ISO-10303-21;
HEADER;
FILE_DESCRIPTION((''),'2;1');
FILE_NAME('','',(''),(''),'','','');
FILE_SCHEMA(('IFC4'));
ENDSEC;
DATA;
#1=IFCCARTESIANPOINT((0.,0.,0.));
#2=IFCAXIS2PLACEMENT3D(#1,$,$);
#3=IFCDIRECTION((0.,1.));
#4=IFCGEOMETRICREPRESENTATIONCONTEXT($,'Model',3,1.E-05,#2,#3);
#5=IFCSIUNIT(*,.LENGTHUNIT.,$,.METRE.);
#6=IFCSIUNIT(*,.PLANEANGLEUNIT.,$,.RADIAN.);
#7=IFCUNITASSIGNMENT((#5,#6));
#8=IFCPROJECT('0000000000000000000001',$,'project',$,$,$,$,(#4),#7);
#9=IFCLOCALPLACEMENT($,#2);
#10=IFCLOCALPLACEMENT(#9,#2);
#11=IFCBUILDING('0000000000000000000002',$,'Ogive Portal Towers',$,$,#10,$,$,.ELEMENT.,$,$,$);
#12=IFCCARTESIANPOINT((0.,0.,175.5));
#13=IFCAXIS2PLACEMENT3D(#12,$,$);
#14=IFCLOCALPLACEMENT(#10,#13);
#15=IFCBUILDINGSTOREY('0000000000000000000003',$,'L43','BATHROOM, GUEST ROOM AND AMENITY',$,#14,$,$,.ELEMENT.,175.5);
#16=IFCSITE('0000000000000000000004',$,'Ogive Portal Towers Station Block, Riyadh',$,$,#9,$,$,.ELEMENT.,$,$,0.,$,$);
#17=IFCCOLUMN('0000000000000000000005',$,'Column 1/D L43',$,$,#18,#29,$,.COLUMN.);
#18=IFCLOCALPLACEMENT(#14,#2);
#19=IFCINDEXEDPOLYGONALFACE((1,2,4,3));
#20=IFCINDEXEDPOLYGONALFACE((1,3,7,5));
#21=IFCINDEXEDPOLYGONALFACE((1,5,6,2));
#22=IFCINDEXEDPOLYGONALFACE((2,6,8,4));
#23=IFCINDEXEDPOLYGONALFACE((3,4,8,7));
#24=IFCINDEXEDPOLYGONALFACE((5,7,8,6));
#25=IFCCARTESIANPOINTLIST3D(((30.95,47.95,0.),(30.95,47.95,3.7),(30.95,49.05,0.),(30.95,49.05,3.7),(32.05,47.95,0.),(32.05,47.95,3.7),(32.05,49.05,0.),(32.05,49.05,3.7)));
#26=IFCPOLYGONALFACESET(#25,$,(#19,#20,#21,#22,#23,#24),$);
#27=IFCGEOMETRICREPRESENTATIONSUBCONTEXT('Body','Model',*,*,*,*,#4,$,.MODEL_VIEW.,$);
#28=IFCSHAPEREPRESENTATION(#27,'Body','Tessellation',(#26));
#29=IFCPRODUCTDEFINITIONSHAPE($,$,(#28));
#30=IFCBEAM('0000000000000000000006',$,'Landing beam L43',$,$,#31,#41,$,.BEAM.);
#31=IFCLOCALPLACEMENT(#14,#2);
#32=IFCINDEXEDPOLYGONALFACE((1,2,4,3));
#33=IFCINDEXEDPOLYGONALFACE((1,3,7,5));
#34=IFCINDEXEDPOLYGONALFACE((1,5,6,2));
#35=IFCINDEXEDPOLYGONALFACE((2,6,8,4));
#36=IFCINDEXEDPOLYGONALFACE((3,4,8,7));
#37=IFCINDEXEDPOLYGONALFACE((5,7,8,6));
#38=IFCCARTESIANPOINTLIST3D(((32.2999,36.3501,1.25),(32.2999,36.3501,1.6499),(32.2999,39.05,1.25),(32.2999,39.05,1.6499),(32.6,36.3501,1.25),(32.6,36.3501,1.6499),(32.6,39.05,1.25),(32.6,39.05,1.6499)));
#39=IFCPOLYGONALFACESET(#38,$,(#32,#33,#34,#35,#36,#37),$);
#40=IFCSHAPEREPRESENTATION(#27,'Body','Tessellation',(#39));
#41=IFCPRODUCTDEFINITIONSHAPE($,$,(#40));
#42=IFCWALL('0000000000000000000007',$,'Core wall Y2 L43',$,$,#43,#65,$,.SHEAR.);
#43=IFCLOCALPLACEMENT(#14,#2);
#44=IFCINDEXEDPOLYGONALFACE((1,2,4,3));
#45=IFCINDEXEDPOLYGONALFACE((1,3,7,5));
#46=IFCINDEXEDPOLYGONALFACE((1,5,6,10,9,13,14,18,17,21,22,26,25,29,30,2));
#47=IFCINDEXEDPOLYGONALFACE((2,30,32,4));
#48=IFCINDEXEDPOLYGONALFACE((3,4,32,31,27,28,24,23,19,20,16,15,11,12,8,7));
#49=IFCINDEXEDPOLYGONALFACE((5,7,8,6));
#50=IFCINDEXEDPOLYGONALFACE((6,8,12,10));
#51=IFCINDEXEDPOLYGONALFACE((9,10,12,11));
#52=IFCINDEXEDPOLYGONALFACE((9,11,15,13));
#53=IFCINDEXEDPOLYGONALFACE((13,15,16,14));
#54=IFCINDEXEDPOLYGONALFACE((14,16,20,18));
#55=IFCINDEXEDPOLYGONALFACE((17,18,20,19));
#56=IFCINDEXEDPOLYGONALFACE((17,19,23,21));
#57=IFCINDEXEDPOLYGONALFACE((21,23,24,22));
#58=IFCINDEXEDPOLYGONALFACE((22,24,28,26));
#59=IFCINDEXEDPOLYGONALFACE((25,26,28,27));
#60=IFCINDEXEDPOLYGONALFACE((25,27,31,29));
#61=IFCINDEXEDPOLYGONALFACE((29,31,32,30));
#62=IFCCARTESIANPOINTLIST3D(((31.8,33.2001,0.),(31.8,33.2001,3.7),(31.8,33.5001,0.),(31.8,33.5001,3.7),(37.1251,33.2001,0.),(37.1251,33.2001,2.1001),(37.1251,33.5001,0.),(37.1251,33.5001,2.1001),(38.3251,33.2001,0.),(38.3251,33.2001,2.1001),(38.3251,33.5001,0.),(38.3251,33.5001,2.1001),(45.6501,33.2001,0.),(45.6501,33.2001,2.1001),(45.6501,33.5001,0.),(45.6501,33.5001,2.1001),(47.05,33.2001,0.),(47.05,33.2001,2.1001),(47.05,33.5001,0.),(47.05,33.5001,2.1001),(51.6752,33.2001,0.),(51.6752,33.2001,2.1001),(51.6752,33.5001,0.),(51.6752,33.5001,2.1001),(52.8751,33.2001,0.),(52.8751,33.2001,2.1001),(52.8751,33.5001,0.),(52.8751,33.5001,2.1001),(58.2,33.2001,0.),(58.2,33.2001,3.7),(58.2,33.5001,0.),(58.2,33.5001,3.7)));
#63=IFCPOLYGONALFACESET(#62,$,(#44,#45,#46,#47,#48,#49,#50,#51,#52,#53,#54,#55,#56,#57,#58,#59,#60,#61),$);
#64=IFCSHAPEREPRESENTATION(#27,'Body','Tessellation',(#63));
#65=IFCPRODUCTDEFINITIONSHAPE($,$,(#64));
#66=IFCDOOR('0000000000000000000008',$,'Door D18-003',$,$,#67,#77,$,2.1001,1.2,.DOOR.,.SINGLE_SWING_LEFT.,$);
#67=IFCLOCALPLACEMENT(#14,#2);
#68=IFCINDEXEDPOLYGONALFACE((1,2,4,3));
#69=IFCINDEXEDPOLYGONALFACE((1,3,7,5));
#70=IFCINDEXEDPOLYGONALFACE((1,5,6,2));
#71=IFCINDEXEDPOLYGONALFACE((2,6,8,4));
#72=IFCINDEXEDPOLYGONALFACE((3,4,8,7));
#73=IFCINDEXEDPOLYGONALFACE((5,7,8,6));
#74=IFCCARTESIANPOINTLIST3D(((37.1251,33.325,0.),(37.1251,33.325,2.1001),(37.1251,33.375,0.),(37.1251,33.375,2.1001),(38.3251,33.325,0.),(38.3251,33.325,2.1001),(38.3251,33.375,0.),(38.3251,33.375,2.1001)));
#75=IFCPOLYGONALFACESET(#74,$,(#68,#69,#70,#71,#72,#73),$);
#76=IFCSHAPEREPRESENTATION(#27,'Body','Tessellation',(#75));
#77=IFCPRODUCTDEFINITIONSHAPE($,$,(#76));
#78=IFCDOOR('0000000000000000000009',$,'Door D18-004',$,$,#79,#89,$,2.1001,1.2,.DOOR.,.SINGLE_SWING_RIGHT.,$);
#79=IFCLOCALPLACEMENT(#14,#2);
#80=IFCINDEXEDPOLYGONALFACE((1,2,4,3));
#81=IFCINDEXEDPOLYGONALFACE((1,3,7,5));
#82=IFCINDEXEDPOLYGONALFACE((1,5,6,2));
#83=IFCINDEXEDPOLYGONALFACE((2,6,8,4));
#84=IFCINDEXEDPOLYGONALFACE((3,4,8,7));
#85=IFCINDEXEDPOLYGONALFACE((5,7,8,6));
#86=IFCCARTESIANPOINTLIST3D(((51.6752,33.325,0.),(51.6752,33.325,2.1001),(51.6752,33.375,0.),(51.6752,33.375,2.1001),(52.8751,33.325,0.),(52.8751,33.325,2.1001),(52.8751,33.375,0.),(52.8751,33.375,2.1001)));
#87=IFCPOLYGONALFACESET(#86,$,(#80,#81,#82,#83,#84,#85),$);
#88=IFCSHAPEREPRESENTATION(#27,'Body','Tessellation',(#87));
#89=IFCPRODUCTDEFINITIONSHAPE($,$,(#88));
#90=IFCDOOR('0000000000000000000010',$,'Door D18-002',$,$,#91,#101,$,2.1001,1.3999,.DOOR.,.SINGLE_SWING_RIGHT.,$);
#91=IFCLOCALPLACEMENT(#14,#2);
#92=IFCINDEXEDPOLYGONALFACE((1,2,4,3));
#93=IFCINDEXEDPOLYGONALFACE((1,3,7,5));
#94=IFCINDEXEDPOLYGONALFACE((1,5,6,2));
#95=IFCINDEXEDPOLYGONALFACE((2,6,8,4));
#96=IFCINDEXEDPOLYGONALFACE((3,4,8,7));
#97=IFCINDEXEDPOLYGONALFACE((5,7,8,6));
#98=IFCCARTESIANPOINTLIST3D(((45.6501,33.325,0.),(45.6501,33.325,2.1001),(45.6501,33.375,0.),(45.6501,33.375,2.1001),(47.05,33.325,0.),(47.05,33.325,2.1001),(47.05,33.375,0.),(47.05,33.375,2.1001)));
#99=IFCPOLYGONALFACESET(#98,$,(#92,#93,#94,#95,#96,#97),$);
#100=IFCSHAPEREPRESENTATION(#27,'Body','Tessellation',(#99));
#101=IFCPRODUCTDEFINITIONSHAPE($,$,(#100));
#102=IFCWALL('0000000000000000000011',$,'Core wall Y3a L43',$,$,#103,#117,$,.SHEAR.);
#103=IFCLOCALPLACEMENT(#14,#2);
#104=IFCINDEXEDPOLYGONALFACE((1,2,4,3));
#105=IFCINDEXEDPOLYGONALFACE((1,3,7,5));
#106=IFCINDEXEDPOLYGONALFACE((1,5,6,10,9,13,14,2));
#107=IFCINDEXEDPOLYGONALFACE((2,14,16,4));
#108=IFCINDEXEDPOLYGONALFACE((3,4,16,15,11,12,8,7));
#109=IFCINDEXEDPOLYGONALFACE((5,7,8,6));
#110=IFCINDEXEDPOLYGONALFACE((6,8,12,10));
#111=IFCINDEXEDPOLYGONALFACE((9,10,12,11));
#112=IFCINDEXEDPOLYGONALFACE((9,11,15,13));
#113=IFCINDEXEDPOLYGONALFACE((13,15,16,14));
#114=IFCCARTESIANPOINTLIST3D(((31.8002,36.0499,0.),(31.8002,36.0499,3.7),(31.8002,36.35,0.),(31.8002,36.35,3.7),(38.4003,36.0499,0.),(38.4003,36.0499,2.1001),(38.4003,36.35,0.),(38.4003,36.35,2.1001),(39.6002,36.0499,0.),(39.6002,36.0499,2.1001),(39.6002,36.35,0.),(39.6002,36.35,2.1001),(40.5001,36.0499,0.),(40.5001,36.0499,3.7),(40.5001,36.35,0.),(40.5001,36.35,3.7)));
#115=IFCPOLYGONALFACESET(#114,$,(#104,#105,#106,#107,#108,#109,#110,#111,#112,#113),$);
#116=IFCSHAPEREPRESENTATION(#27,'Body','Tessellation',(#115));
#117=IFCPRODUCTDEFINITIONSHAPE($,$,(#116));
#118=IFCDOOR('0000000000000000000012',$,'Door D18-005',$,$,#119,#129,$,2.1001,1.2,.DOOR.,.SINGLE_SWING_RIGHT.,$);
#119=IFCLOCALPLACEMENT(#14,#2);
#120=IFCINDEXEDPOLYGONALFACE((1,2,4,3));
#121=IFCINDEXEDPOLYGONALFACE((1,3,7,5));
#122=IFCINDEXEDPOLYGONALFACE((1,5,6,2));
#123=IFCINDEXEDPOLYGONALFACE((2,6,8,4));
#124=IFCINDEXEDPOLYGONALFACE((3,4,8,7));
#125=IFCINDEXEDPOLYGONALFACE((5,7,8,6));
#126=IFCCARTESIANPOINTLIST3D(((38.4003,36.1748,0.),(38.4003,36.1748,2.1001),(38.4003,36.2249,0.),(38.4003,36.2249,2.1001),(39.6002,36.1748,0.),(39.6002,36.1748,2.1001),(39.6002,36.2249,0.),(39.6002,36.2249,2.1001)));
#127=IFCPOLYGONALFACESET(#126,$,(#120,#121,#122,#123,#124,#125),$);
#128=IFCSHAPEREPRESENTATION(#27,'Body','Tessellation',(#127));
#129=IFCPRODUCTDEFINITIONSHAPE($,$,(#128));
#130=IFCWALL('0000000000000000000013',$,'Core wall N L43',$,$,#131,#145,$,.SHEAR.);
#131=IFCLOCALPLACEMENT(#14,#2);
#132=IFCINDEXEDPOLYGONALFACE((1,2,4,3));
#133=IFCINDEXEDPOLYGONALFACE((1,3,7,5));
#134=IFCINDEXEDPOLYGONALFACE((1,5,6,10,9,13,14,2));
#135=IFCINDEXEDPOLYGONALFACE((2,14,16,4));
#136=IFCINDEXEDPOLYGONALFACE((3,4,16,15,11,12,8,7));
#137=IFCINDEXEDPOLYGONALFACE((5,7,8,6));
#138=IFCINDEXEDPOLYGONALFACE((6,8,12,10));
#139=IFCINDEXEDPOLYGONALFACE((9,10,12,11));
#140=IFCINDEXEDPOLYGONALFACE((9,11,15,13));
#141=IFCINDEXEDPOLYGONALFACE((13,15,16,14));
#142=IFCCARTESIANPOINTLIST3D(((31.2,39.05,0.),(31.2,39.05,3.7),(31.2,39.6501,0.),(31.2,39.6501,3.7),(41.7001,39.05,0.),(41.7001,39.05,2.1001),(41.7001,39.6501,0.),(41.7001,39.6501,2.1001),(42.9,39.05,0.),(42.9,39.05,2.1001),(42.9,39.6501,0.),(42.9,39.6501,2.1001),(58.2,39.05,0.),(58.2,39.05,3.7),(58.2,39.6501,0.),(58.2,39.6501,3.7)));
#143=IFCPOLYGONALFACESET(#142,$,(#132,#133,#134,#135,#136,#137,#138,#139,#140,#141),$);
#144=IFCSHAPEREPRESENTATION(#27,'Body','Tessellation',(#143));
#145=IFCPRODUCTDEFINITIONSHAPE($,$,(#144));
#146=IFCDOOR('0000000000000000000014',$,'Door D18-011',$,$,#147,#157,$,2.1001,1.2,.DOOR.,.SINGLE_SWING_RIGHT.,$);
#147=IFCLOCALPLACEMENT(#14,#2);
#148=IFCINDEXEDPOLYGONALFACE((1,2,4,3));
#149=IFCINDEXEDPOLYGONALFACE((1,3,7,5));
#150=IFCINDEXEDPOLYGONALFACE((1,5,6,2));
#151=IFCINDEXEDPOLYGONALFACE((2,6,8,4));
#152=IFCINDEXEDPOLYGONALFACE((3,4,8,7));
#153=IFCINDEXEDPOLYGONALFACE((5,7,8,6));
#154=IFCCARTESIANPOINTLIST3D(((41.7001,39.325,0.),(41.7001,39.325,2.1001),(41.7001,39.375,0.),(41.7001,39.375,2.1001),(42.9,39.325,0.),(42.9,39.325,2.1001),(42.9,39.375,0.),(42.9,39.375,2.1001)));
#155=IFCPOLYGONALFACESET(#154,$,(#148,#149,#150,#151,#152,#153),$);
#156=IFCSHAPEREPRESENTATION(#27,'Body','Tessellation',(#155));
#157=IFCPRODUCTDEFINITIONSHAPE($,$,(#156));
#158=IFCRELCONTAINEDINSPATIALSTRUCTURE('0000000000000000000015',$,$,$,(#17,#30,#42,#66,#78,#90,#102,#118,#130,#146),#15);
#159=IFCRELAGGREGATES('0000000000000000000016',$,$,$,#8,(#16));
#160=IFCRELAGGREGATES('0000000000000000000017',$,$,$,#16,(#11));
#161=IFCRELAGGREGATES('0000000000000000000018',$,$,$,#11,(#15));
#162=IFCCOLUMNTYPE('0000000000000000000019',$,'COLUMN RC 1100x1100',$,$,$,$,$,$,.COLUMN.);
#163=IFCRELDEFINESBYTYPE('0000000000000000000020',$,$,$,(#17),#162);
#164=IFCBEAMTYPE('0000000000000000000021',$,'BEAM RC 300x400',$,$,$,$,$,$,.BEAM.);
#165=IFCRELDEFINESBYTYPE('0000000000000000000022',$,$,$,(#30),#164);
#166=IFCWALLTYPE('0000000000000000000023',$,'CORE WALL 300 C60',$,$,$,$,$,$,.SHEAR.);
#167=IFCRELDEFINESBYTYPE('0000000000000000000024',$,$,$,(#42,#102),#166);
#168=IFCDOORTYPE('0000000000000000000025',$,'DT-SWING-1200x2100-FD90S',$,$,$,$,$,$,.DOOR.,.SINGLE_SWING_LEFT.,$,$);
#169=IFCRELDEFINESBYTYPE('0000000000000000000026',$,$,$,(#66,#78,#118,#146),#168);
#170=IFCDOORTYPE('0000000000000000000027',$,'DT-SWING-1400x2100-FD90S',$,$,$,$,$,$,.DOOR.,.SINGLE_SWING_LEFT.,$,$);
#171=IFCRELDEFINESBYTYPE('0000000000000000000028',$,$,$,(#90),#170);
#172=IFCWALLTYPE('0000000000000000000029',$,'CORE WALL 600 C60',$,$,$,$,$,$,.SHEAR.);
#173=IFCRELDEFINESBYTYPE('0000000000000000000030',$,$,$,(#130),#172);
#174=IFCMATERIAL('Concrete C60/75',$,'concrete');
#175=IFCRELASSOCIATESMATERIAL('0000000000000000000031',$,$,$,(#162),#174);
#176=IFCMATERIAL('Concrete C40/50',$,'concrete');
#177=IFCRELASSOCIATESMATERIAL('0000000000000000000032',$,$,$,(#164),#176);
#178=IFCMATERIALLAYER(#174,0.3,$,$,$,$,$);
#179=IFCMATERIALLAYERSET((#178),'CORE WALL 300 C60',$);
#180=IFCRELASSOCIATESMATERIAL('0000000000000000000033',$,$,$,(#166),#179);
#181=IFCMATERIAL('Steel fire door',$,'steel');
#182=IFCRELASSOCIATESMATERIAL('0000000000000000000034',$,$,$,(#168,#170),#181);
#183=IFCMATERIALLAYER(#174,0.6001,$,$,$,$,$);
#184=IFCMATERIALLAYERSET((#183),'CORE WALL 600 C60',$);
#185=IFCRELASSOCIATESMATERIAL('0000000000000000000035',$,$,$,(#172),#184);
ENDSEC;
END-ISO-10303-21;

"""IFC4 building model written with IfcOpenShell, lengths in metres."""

from ifc_helpers import new_model, si_unit, direction, frame, frame_2d, origin, origin_2d, place, context, subcontext, project, spatial, rectangle, extrude, material, layer, layer_set, material_profile, profile_set, type_object, element, fill, save


model = new_model("IFC4")

# Units and contexts
model_context = context("Model", 3, precision=1e-05, world=origin(), true_north=direction((0.0, 1.0)))
body_context = subcontext(model_context, "Body", "Model", "MODEL_VIEW")
ifc_project = project(units=[si_unit("LENGTHUNIT", "METRE"), si_unit("PLANEANGLEUNIT", "RADIAN")], contexts=[model_context])

# Site, building, storey
site_placement = place(None, origin())
site = spatial("IfcSite", under=ifc_project, at=site_placement, Name="Ogive Portal Towers Station Block, Riyadh", CompositionType="ELEMENT", RefElevation=0.0)
building_placement = place(site_placement, origin())
building = spatial("IfcBuilding", under=site, at=building_placement, Name="Ogive Portal Towers", CompositionType="ELEMENT")
storey_placement = place(building_placement, frame((0.0, 0.0, 175.5)))
storey = spatial("IfcBuildingStorey", under=building, at=storey_placement, Name="L43", Description="BATHROOM, GUEST ROOM AND AMENITY", CompositionType="ELEMENT", Elevation=175.5)

# Column
ifc_material_1 = material(Name="Concrete C60/75", Category="concrete")
ifc_material_profile_1 = material_profile(ifc_material_1, rectangle(XDim=1.1001, YDim=1.1001, at=origin_2d()), Name="RC 1100x1100")
ifc_profile_set_1 = profile_set([ifc_material_profile_1], Name="Concrete C60/75")
column_type = type_object("IfcColumnType", Name="COLUMN RC 1100x1100", PredefinedType="COLUMN", material=ifc_profile_set_1)
column_placement = place(storey_placement, frame((31.5, 48.5, 0.0), z_axis=(0.0, 0.0, 1.0), x_axis=(1.0, 0.0, 0.0)))
element("IfcColumn", 1, at=column_placement, inside=storey, type_object=column_type, Name="Column 1/D L43", PredefinedType="COLUMN", context=body_context, shape_type="SweptSolid", body=[
    extrude(rectangle(XDim=1.1001, YDim=1.1001, at=origin_2d()), origin(), (0.0, 0.0, 1.0), 3.7),
])

# Beam
ifc_material_2 = material(Name="Concrete C40/50", Category="concrete")
ifc_material_profile_2 = material_profile(ifc_material_2, rectangle(XDim=0.3, YDim=0.3999, at=origin_2d()), Name="RC 300x400")
ifc_profile_set_2 = profile_set([ifc_material_profile_2], Name="Concrete C40/50")
beam_type = type_object("IfcBeamType", Name="BEAM RC 300x400", PredefinedType="BEAM", material=ifc_profile_set_2)
beam_placement = place(storey_placement, frame((32.45, 36.3501, 1.45), z_axis=(0.0, 1.0, 0.0), x_axis=(-1.0, 0.0, 0.0)))
element("IfcBeam", 2, at=beam_placement, inside=storey, type_object=beam_type, Name="Landing beam L43", PredefinedType="BEAM", context=body_context, shape_type="SweptSolid", body=[
    extrude(rectangle(XDim=0.3, YDim=0.3999, at=origin_2d()), origin(), (0.0, 0.0, 1.0), 2.7),
])

# Wall, openings, doors
ifc_layer_1 = layer(ifc_material_1, 0.3)
ifc_layer_set_1 = layer_set([ifc_layer_1], Name="CORE WALL 300 C60")
wall_type_1 = type_object("IfcWallType", Name="CORE WALL 300 C60", PredefinedType="SHEAR", material=ifc_layer_set_1)
wall_1_placement = place(storey_placement, frame((31.8, 33.3501, 0.0), z_axis=(0.0, 0.0, 1.0), x_axis=(1.0, 0.0, 0.0)))
wall_1 = element("IfcWall", 3, at=wall_1_placement, inside=storey, type_object=wall_type_1, Name="Core wall Y2 L43", PredefinedType="SHEAR", context=body_context, shape_type="SweptSolid", body=[
    extrude(rectangle(XDim=26.3999, YDim=0.3, at=frame_2d((13.2, 0.0))), origin(), (0.0, 0.0, 1.0), 3.7),
])
opening_1_placement = place(wall_1_placement, frame((13.8501, 0.0, 0.0)))
opening_1 = element("IfcOpeningElement", 4, at=opening_1_placement, cuts=wall_1, PredefinedType="OPENING", context=body_context, shape_type="SweptSolid", body=[
    extrude(rectangle(XDim=1.3999, YDim=2.1001, at=frame_2d((0.7, 1.05))), frame((0.0, 0.1602, 0.0), z_axis=(0.0, -1.0, 0.0), x_axis=(1.0, 0.0, 0.0)), (0.0, 0.0, 1.0), 0.3201),
])
opening_2_placement = place(wall_1_placement, frame((5.325, 0.0, 0.0)))
opening_2 = element("IfcOpeningElement", 5, at=opening_2_placement, cuts=wall_1, PredefinedType="OPENING", context=body_context, shape_type="SweptSolid", body=[
    extrude(rectangle(XDim=1.2, YDim=2.1001, at=frame_2d((0.6001, 1.05))), frame((0.0, 0.1602, 0.0), z_axis=(0.0, -1.0, 0.0), x_axis=(1.0, 0.0, 0.0)), (0.0, 0.0, 1.0), 0.3201),
])
opening_3_placement = place(wall_1_placement, frame((19.875, 0.0, 0.0)))
opening_3 = element("IfcOpeningElement", 6, at=opening_3_placement, cuts=wall_1, PredefinedType="OPENING", context=body_context, shape_type="SweptSolid", body=[
    extrude(rectangle(XDim=1.2, YDim=2.1001, at=frame_2d((0.6001, 1.05))), frame((0.0, 0.1602, 0.0), z_axis=(0.0, -1.0, 0.0), x_axis=(1.0, 0.0, 0.0)), (0.0, 0.0, 1.0), 0.3201),
])
ifc_material_3 = material(Name="Steel fire door", Category="steel")
door_type_1 = type_object("IfcDoorType", Name="DT-SWING-1200x2100-FD90S", OperationType="SINGLE_SWING_LEFT", PredefinedType="DOOR", material=ifc_material_3)
door_1_placement = place(opening_2_placement, origin())
door_1 = element("IfcDoor", 7, at=door_1_placement, inside=storey, type_object=door_type_1, Name="Door D18-003", OperationType="SINGLE_SWING_LEFT", OverallHeight=2.1001, OverallWidth=1.2, PredefinedType="DOOR", context=body_context, shape_type="SweptSolid", body=[
    extrude(rectangle(XDim=1.2, YDim=2.1001, at=frame_2d((0.6001, 1.05))), frame((0.0, 0.0249, 0.0), z_axis=(0.0, -1.0, 0.0), x_axis=(1.0, 0.0, 0.0)), (0.0, 0.0, 1.0), 0.05),
])
fill(opening_2, door_1)
door_2_placement = place(opening_3_placement, origin())
door_2 = element("IfcDoor", 8, at=door_2_placement, inside=storey, type_object=door_type_1, Name="Door D18-004", OperationType="SINGLE_SWING_RIGHT", OverallHeight=2.1001, OverallWidth=1.2, PredefinedType="DOOR", context=body_context, shape_type="SweptSolid", body=[
    extrude(rectangle(XDim=1.2, YDim=2.1001, at=frame_2d((0.6001, 1.05))), frame((0.0, 0.0249, 0.0), z_axis=(0.0, -1.0, 0.0), x_axis=(1.0, 0.0, 0.0)), (0.0, 0.0, 1.0), 0.05),
])
fill(opening_3, door_2)
door_type_2 = type_object("IfcDoorType", Name="DT-SWING-1400x2100-FD90S", OperationType="SINGLE_SWING_LEFT", PredefinedType="DOOR", material=ifc_material_3)
door_3_placement = place(opening_1_placement, origin())
door_3 = element("IfcDoor", 9, at=door_3_placement, inside=storey, type_object=door_type_2, Name="Door D18-002", OperationType="SINGLE_SWING_RIGHT", OverallHeight=2.1001, OverallWidth=1.3999, PredefinedType="DOOR", context=body_context, shape_type="SweptSolid", body=[
    extrude(rectangle(XDim=1.3999, YDim=2.1001, at=frame_2d((0.7, 1.05))), frame((0.0, 0.0249, 0.0), z_axis=(0.0, -1.0, 0.0), x_axis=(1.0, 0.0, 0.0)), (0.0, 0.0, 1.0), 0.05),
])
fill(opening_1, door_3)

# Walls, openings, doors
wall_2_placement = place(storey_placement, frame((31.8, 36.2, 0.0), z_axis=(0.0, 0.0, 1.0), x_axis=(1.0, 0.0, 0.0)))
wall_2 = element("IfcWall", 10, at=wall_2_placement, inside=storey, type_object=wall_type_1, Name="Core wall Y3a L43", PredefinedType="SHEAR", context=body_context, shape_type="SweptSolid", body=[
    extrude(rectangle(XDim=8.7, YDim=0.3, at=frame_2d((4.3501, 0.0))), origin(), (0.0, 0.0, 1.0), 3.7),
])
opening_4_placement = place(wall_2_placement, frame((6.6001, 0.0, 0.0)))
opening_4 = element("IfcOpeningElement", 11, at=opening_4_placement, cuts=wall_2, PredefinedType="OPENING", context=body_context, shape_type="SweptSolid", body=[
    extrude(rectangle(XDim=1.2, YDim=2.1001, at=frame_2d((0.6001, 1.05))), frame((0.0, 0.1602, 0.0), z_axis=(0.0, -1.0, 0.0), x_axis=(1.0, 0.0, 0.0)), (0.0, 0.0, 1.0), 0.3201),
])
door_4_placement = place(opening_4_placement, origin())
door_4 = element("IfcDoor", 12, at=door_4_placement, inside=storey, type_object=door_type_1, Name="Door D18-005", OperationType="SINGLE_SWING_RIGHT", OverallHeight=2.1001, OverallWidth=1.2, PredefinedType="DOOR", context=body_context, shape_type="SweptSolid", body=[
    extrude(rectangle(XDim=1.2, YDim=2.1001, at=frame_2d((0.6001, 1.05))), frame((0.0, 0.0249, 0.0), z_axis=(0.0, -1.0, 0.0), x_axis=(1.0, 0.0, 0.0)), (0.0, 0.0, 1.0), 0.05),
])
fill(opening_4, door_4)
ifc_layer_2 = layer(ifc_material_1, 0.6001)
ifc_layer_set_2 = layer_set([ifc_layer_2], Name="CORE WALL 600 C60")
wall_type_2 = type_object("IfcWallType", Name="CORE WALL 600 C60", PredefinedType="SHEAR", material=ifc_layer_set_2)
wall_3_placement = place(storey_placement, frame((31.2, 39.3501, 0.0), z_axis=(0.0, 0.0, 1.0), x_axis=(1.0, 0.0, 0.0)))
wall_3 = element("IfcWall", 13, at=wall_3_placement, inside=storey, type_object=wall_type_2, Name="Core wall N L43", PredefinedType="SHEAR", context=body_context, shape_type="SweptSolid", body=[
    extrude(rectangle(XDim=27.0, YDim=0.6001, at=frame_2d((13.5, 0.0))), origin(), (0.0, 0.0, 1.0), 3.7),
])
opening_5_placement = place(wall_3_placement, frame((10.5, 0.0, 0.0)))
opening_5 = element("IfcOpeningElement", 14, at=opening_5_placement, cuts=wall_3, PredefinedType="OPENING", context=body_context, shape_type="SweptSolid", body=[
    extrude(rectangle(XDim=1.2, YDim=2.1001, at=frame_2d((0.6001, 1.05))), frame((0.0, 0.3101, 0.0), z_axis=(0.0, -1.0, 0.0), x_axis=(1.0, 0.0, 0.0)), (0.0, 0.0, 1.0), 0.6201),
])
door_5_placement = place(opening_5_placement, origin())
door_5 = element("IfcDoor", 15, at=door_5_placement, inside=storey, type_object=door_type_1, Name="Door D18-011", OperationType="SINGLE_SWING_RIGHT", OverallHeight=2.1001, OverallWidth=1.2, PredefinedType="DOOR", context=body_context, shape_type="SweptSolid", body=[
    extrude(rectangle(XDim=1.2, YDim=2.1001, at=frame_2d((0.6001, 1.05))), frame((0.0, 0.0249, 0.0), z_axis=(0.0, -1.0, 0.0), x_axis=(1.0, 0.0, 0.0)), (0.0, 0.0, 1.0), 0.05),
])
fill(opening_5, door_5)

save(model, "model.ifc")
